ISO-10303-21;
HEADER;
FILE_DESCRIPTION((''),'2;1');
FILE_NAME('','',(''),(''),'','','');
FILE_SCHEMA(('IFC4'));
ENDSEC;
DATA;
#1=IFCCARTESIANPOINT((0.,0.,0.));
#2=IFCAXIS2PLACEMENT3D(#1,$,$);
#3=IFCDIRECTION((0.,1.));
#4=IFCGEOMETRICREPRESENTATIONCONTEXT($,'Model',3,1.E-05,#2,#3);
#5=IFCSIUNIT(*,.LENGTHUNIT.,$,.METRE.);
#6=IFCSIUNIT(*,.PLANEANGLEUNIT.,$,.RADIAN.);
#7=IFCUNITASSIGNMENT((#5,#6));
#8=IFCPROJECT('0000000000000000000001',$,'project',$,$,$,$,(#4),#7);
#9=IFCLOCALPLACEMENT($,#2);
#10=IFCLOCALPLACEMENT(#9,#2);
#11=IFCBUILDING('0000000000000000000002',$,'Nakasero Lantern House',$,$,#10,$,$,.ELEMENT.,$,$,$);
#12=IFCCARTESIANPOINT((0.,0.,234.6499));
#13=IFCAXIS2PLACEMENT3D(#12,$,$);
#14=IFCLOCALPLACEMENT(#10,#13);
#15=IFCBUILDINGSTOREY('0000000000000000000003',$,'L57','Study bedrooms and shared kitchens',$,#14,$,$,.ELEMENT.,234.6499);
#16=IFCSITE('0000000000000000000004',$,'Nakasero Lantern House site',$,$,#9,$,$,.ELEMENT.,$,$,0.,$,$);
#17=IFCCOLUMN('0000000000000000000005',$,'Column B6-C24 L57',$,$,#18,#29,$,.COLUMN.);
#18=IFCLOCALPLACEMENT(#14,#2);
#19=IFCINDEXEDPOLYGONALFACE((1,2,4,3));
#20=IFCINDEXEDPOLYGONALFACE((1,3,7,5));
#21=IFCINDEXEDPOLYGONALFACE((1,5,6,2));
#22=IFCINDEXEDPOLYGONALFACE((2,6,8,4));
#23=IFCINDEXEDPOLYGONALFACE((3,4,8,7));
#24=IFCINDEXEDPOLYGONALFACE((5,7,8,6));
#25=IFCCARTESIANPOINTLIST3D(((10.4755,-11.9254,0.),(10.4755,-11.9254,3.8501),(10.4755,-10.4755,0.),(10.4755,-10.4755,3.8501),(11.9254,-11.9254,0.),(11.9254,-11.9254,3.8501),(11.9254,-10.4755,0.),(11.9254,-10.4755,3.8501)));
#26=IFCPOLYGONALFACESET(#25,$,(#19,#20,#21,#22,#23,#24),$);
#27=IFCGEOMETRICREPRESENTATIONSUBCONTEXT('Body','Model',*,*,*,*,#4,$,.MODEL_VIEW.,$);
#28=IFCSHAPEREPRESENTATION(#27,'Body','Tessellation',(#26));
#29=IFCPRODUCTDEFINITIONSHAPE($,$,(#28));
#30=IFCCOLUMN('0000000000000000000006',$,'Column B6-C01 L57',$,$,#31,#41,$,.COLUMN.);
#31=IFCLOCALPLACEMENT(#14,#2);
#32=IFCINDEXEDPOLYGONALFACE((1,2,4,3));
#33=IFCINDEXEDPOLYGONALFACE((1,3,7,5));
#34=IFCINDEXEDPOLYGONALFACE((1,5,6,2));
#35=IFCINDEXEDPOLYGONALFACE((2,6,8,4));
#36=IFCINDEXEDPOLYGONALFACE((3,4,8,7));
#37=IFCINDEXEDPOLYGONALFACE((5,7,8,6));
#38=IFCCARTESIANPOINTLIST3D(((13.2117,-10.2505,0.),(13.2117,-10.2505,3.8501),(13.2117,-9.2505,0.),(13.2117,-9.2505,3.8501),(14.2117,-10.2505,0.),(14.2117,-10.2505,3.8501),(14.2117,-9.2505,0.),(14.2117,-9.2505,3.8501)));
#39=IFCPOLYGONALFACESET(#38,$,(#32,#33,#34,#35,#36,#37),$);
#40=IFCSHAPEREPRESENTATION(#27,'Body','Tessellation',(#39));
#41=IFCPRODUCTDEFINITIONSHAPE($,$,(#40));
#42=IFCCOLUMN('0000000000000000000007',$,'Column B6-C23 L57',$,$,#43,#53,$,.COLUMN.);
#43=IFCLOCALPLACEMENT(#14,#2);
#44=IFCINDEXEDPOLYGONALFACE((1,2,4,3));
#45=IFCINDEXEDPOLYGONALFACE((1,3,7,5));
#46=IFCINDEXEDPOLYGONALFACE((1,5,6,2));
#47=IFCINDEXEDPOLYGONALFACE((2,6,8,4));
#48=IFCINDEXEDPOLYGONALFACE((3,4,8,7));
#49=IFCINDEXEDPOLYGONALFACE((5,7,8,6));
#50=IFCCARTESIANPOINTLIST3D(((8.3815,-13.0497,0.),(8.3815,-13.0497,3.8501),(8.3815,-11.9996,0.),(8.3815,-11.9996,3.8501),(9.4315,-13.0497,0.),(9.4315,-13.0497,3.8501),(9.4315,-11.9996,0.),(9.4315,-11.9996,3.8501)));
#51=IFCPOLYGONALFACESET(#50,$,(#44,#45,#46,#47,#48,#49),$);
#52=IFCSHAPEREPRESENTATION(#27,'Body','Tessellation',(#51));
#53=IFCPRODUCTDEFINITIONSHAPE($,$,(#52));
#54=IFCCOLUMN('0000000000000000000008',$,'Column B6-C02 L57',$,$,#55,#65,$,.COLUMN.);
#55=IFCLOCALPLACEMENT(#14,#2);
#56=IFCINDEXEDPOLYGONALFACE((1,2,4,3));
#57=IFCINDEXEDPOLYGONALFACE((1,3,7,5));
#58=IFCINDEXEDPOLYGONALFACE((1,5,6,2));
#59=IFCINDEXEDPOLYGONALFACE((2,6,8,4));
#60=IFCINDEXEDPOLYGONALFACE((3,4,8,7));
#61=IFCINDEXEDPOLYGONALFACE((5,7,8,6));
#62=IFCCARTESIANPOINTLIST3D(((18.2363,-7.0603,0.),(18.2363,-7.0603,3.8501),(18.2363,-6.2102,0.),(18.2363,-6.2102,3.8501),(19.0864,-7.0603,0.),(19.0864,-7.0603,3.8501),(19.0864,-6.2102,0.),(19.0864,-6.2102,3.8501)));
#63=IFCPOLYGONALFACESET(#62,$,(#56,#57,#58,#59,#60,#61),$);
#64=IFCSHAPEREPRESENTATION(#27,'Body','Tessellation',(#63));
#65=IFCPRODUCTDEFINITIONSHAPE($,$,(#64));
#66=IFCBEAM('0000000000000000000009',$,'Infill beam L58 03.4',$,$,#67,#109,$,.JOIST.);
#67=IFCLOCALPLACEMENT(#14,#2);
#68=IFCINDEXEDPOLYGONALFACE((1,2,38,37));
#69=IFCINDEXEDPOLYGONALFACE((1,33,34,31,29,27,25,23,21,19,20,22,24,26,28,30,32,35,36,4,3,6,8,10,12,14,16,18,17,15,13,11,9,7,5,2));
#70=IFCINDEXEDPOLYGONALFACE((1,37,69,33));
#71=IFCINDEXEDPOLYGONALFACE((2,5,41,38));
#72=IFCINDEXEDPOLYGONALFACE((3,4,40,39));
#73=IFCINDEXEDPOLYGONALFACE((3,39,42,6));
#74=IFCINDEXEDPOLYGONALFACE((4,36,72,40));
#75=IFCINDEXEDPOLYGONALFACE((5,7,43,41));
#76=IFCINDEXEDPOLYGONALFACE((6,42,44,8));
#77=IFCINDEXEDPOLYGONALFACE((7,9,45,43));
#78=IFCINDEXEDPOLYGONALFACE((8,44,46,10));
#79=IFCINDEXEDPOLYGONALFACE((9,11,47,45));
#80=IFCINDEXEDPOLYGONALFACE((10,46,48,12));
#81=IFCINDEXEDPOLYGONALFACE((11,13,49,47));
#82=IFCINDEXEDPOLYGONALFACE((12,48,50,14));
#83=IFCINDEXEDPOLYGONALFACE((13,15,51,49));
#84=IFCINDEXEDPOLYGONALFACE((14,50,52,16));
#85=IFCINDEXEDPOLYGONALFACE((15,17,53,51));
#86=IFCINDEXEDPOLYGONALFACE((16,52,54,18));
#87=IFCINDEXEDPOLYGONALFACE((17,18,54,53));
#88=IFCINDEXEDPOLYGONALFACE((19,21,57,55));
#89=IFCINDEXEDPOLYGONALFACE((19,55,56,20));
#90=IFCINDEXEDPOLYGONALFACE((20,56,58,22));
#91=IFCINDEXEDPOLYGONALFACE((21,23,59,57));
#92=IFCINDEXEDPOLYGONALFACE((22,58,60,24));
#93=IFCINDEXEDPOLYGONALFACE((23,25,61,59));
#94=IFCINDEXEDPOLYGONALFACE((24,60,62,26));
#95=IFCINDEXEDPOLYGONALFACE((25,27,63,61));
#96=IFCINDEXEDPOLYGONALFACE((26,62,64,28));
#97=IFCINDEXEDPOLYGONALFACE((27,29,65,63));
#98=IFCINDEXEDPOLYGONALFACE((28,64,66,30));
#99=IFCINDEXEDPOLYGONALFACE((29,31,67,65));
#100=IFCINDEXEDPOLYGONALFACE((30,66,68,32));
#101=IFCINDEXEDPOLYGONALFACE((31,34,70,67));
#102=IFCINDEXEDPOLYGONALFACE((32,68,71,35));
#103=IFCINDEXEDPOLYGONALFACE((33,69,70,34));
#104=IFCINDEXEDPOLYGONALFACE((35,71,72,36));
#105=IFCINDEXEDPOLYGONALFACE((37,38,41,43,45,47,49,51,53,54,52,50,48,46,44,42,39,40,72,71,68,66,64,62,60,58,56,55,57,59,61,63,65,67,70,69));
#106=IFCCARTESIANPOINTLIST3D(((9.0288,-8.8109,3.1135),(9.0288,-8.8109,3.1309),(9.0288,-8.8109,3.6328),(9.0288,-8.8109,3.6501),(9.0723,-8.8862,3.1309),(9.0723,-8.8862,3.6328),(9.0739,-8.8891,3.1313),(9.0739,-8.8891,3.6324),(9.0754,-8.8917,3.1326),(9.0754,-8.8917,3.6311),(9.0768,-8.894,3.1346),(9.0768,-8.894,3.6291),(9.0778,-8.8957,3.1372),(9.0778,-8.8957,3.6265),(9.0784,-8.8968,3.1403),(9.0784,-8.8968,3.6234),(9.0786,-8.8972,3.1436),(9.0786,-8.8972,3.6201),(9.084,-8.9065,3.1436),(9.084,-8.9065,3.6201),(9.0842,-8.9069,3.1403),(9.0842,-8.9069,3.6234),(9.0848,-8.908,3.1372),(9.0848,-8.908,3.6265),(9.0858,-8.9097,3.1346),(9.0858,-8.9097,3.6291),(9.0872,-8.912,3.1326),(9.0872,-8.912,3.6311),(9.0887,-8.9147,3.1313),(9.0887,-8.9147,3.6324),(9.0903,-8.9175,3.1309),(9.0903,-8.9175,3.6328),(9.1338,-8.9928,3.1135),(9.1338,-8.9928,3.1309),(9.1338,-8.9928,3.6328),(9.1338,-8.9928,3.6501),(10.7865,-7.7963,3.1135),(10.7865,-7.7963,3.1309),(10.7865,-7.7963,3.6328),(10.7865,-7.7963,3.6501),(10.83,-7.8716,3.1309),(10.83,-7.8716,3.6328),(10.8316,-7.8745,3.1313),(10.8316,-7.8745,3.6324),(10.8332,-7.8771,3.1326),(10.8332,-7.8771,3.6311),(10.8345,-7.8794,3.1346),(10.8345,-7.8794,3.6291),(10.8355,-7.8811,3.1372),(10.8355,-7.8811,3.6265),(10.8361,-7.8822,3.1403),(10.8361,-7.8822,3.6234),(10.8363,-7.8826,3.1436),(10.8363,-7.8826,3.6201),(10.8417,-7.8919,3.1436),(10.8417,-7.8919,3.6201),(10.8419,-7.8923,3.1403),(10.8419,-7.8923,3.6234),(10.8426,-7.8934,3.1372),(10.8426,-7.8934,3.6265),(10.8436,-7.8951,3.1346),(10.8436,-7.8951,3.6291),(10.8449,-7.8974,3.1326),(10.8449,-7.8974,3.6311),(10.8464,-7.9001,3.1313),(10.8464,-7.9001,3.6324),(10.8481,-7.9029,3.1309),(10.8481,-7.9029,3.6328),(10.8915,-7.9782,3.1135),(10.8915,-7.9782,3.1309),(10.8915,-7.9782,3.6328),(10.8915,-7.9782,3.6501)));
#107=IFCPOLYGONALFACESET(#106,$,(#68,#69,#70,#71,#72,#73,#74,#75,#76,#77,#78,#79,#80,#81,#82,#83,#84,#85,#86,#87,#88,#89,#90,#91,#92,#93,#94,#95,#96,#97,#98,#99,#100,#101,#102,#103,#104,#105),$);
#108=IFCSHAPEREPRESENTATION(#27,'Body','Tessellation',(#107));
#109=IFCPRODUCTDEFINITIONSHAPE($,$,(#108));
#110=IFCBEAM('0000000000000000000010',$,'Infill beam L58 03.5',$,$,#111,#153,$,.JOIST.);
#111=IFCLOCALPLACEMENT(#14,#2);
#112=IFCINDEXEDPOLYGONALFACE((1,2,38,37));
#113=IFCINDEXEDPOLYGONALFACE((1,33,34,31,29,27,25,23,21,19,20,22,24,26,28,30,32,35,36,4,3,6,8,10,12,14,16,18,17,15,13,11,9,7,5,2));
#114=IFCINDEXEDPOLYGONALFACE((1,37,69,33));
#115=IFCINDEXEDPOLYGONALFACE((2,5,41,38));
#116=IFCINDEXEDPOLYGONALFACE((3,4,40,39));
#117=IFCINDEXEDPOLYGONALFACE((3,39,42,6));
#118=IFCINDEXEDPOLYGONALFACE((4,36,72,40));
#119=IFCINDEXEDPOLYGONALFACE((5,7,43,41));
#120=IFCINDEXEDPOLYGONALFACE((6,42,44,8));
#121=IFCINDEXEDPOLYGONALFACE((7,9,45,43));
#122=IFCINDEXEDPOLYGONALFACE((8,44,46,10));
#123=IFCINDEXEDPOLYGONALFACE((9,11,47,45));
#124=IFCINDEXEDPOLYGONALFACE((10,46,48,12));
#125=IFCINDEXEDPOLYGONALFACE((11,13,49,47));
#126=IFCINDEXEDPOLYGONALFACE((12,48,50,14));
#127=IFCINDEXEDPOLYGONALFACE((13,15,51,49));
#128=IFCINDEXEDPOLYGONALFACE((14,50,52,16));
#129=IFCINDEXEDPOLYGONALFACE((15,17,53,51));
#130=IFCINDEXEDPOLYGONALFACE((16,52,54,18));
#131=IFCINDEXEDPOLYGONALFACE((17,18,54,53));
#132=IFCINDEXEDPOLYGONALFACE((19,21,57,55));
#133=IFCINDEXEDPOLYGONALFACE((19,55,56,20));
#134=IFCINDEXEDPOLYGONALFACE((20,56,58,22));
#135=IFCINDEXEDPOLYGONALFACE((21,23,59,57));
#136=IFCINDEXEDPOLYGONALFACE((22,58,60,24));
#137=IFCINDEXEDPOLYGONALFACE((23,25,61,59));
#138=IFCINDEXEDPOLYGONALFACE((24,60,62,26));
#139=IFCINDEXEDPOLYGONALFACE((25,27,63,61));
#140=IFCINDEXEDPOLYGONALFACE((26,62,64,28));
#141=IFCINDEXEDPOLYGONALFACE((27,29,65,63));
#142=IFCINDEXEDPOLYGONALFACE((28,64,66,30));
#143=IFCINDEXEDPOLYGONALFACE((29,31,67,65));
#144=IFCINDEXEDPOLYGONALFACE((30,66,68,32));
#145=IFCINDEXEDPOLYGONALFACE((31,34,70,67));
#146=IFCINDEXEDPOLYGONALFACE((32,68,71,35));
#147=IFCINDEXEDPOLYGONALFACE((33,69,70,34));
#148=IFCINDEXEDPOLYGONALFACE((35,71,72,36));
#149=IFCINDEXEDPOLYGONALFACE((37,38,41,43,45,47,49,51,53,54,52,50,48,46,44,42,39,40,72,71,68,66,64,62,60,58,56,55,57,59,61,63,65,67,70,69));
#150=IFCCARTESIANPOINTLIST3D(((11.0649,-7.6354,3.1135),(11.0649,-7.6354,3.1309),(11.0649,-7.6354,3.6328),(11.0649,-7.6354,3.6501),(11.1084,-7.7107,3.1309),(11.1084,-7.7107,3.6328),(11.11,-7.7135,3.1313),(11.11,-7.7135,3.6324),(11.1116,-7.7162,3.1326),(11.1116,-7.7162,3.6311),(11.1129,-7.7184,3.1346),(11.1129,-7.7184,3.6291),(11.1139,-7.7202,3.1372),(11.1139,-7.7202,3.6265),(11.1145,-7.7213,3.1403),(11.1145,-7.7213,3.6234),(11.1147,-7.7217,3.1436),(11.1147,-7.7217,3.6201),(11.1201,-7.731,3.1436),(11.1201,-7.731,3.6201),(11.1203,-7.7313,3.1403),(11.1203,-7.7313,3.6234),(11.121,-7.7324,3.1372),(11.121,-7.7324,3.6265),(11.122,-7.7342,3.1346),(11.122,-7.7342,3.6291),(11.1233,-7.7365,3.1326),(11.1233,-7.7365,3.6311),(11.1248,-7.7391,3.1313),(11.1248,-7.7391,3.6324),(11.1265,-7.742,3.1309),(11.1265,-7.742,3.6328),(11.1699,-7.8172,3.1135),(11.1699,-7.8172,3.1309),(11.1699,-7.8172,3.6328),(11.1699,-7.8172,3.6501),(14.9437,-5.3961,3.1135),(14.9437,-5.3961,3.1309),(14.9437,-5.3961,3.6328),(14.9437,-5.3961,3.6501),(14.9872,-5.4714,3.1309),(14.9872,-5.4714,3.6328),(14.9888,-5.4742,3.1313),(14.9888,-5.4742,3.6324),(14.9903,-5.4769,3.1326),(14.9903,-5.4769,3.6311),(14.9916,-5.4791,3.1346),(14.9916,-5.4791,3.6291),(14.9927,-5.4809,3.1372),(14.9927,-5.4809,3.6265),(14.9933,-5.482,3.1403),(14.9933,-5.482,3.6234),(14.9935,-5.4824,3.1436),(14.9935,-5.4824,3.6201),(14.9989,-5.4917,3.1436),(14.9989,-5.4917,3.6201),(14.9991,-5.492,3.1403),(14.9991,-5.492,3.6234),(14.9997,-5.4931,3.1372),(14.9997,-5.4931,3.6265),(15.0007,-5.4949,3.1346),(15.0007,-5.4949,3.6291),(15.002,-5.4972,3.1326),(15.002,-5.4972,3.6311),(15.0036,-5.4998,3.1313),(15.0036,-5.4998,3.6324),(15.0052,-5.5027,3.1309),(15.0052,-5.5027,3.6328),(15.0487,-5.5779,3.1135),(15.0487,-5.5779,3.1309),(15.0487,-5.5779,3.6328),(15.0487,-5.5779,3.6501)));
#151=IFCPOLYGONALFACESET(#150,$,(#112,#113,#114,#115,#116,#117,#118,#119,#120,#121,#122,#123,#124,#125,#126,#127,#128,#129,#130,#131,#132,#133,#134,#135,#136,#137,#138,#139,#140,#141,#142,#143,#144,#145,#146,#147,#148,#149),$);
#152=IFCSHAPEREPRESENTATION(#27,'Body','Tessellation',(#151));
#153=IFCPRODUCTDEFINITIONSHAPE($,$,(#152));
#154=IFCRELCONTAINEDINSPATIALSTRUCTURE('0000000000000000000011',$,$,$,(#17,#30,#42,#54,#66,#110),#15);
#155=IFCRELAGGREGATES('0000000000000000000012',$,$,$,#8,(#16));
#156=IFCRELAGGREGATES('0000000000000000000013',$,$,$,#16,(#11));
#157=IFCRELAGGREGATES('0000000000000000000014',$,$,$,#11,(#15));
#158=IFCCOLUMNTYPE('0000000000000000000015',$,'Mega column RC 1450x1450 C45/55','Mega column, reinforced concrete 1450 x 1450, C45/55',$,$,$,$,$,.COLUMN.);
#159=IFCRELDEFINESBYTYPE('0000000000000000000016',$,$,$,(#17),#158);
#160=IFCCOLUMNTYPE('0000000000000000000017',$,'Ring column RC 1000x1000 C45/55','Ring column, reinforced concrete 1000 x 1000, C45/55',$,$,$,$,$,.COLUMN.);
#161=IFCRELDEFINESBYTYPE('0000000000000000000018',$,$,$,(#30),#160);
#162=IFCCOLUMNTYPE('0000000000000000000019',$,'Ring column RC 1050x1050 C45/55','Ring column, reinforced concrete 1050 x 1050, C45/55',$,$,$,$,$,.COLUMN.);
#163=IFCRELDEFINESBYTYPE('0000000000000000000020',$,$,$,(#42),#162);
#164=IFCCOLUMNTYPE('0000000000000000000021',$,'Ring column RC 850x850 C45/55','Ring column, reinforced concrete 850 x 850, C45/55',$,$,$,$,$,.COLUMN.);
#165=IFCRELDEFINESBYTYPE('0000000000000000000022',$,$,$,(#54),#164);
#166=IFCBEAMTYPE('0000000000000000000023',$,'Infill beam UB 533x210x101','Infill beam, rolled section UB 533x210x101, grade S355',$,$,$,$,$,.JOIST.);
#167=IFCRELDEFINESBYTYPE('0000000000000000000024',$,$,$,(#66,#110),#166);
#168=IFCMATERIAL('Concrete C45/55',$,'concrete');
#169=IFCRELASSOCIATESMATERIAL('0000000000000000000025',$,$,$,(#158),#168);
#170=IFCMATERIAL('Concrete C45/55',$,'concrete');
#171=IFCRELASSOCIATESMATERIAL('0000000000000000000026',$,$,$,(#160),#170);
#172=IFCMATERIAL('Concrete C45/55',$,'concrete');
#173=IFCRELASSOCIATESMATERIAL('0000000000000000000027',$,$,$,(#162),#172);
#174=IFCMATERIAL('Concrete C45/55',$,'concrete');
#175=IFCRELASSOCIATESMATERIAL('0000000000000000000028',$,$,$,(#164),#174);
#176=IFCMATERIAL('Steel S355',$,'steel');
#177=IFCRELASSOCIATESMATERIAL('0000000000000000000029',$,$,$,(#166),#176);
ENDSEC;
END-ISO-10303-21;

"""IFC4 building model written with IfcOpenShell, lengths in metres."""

from ifc_helpers import new_model, si_unit, direction, frame, origin, origin_2d, place, context, subcontext, project, spatial, rectangle, i_section, extrude, material, material_profile, profile_set, type_object, element, save


model = new_model("IFC4")

# Units and contexts
model_context = context("Model", 3, precision=1e-05, world=origin(), true_north=direction((0.0, 1.0)))
body_context = subcontext(model_context, "Body", "Model", "MODEL_VIEW")
ifc_project = project(units=[si_unit("LENGTHUNIT", "METRE"), si_unit("PLANEANGLEUNIT", "RADIAN")], contexts=[model_context])

# Site, building, storey
site_placement = place(None, origin())
site = spatial("IfcSite", under=ifc_project, at=site_placement, Name="Nakasero Lantern House site", CompositionType="ELEMENT", RefElevation=0.0)
building_placement = place(site_placement, origin())
building = spatial("IfcBuilding", under=site, at=building_placement, Name="Nakasero Lantern House", CompositionType="ELEMENT")
storey_placement = place(building_placement, frame((0.0, 0.0, 234.6499)))
storey = spatial("IfcBuildingStorey", under=building, at=storey_placement, Name="L57", Description="Study bedrooms and shared kitchens", CompositionType="ELEMENT", Elevation=234.6499)

# Columns
ifc_material_1 = material(Name="Concrete C45/55", Category="concrete")
ifc_material_profile_1 = material_profile(ifc_material_1, rectangle(XDim=1.45, YDim=1.45, at=origin_2d()), Name="RC 1450x1450")
ifc_profile_set_1 = profile_set([ifc_material_profile_1], Name="Concrete C45/55")
column_type_1 = type_object("IfcColumnType", Name="Mega column RC 1450x1450 C45/55", Description="Mega column, reinforced concrete 1450 x 1450, C45/55", PredefinedType="COLUMN", material=ifc_profile_set_1)
column_1_placement = place(storey_placement, frame((11.2004, -11.2004, 0.0), z_axis=(0.0, 0.0, 1.0), x_axis=(1.0, 0.0, 0.0)))
element("IfcColumn", 1, at=column_1_placement, inside=storey, type_object=column_type_1, Name="Column B6-C24 L57", PredefinedType="COLUMN", context=body_context, shape_type="SweptSolid", body=[
    extrude(rectangle(XDim=1.45, YDim=1.45, at=origin_2d()), origin(), (0.0, 0.0, 1.0), 3.8501),
])
ifc_material_2 = material(Name="Concrete C45/55", Category="concrete")
ifc_material_profile_2 = material_profile(ifc_material_2, rectangle(XDim=1.0, YDim=1.0, at=origin_2d()), Name="RC 1000x1000")
ifc_profile_set_2 = profile_set([ifc_material_profile_2], Name="Concrete C45/55")
column_type_2 = type_object("IfcColumnType", Name="Ring column RC 1000x1000 C45/55", Description="Ring column, reinforced concrete 1000 x 1000, C45/55", PredefinedType="COLUMN", material=ifc_profile_set_2)
column_2_placement = place(storey_placement, frame((13.7117, -9.7505, 0.0), z_axis=(0.0, 0.0, 1.0), x_axis=(1.0, 0.0, 0.0)))
element("IfcColumn", 2, at=column_2_placement, inside=storey, type_object=column_type_2, Name="Column B6-C01 L57", PredefinedType="COLUMN", context=body_context, shape_type="SweptSolid", body=[
    extrude(rectangle(XDim=1.0, YDim=1.0, at=origin_2d()), origin(), (0.0, 0.0, 1.0), 3.8501),
])
ifc_material_3 = material(Name="Concrete C45/55", Category="concrete")
ifc_material_profile_3 = material_profile(ifc_material_3, rectangle(XDim=1.05, YDim=1.05, at=origin_2d()), Name="RC 1050x1050")
ifc_profile_set_3 = profile_set([ifc_material_profile_3], Name="Concrete C45/55")
column_type_3 = type_object("IfcColumnType", Name="Ring column RC 1050x1050 C45/55", Description="Ring column, reinforced concrete 1050 x 1050, C45/55", PredefinedType="COLUMN", material=ifc_profile_set_3)
column_3_placement = place(storey_placement, frame((8.9065, -12.5247, 0.0), z_axis=(0.0, 0.0, 1.0), x_axis=(1.0, 0.0, 0.0)))
element("IfcColumn", 3, at=column_3_placement, inside=storey, type_object=column_type_3, Name="Column B6-C23 L57", PredefinedType="COLUMN", context=body_context, shape_type="SweptSolid", body=[
    extrude(rectangle(XDim=1.05, YDim=1.05, at=origin_2d()), origin(), (0.0, 0.0, 1.0), 3.8501),
])
ifc_material_4 = material(Name="Concrete C45/55", Category="concrete")
ifc_material_profile_4 = material_profile(ifc_material_4, rectangle(XDim=0.8501, YDim=0.8501, at=origin_2d()), Name="RC 850x850")
ifc_profile_set_4 = profile_set([ifc_material_profile_4], Name="Concrete C45/55")
column_type_4 = type_object("IfcColumnType", Name="Ring column RC 850x850 C45/55", Description="Ring column, reinforced concrete 850 x 850, C45/55", PredefinedType="COLUMN", material=ifc_profile_set_4)
column_4_placement = place(storey_placement, frame((18.6614, -6.6353, 0.0), z_axis=(0.0, 0.0, 1.0), x_axis=(1.0, 0.0, 0.0)))
element("IfcColumn", 4, at=column_4_placement, inside=storey, type_object=column_type_4, Name="Column B6-C02 L57", PredefinedType="COLUMN", context=body_context, shape_type="SweptSolid", body=[
    extrude(rectangle(XDim=0.8501, YDim=0.8501, at=origin_2d()), origin(), (0.0, 0.0, 1.0), 3.8501),
])

# Beams
ifc_material_5 = material(Name="Steel S355", Category="steel")
ifc_material_profile_5 = material_profile(ifc_material_5, i_section(OverallWidth=0.21, OverallDepth=0.5366, WebThickness=0.0107, FlangeThickness=0.0173, FilletRadius=0.0127, at=origin_2d()), Name="UB 533x210x101")
ifc_profile_set_5 = profile_set([ifc_material_profile_5], Name="Steel S355")
beam_type_1 = type_object("IfcBeamType", Name="Infill beam UB 533x210x101", Description="Infill beam, rolled section UB 533x210x101, grade S355", PredefinedType="JOIST", material=ifc_profile_set_5)
beam_1_placement = place(storey_placement, frame((9.0813, -8.9019, 3.3818), z_axis=(0.866073, 0.499917, 0.0), x_axis=(-0.499917, 0.866073, 0.0)))
element("IfcBeam", 5, at=beam_1_placement, inside=storey, type_object=beam_type_1, Name="Infill beam L58 03.4", PredefinedType="JOIST", context=body_context, shape_type="SweptSolid", body=[
    extrude(i_section(OverallWidth=0.21, OverallDepth=0.5366, WebThickness=0.0107, FlangeThickness=0.0173, FilletRadius=0.0127, at=origin_2d()), origin(), (0.0, 0.0, 1.0), 2.0295),
])
beam_2_placement = place(storey_placement, frame((11.1174, -7.7263, 3.3818), z_axis=(0.866034, 0.499985, 0.0), x_axis=(-0.499985, 0.866034, 0.0)))
element("IfcBeam", 6, at=beam_2_placement, inside=storey, type_object=beam_type_1, Name="Infill beam L58 03.5", PredefinedType="JOIST", context=body_context, shape_type="SweptSolid", body=[
    extrude(i_section(OverallWidth=0.21, OverallDepth=0.5366, WebThickness=0.0107, FlangeThickness=0.0173, FilletRadius=0.0127, at=origin_2d()), origin(), (0.0, 0.0, 1.0), 4.4788),
])

save(model, "model.ifc")
